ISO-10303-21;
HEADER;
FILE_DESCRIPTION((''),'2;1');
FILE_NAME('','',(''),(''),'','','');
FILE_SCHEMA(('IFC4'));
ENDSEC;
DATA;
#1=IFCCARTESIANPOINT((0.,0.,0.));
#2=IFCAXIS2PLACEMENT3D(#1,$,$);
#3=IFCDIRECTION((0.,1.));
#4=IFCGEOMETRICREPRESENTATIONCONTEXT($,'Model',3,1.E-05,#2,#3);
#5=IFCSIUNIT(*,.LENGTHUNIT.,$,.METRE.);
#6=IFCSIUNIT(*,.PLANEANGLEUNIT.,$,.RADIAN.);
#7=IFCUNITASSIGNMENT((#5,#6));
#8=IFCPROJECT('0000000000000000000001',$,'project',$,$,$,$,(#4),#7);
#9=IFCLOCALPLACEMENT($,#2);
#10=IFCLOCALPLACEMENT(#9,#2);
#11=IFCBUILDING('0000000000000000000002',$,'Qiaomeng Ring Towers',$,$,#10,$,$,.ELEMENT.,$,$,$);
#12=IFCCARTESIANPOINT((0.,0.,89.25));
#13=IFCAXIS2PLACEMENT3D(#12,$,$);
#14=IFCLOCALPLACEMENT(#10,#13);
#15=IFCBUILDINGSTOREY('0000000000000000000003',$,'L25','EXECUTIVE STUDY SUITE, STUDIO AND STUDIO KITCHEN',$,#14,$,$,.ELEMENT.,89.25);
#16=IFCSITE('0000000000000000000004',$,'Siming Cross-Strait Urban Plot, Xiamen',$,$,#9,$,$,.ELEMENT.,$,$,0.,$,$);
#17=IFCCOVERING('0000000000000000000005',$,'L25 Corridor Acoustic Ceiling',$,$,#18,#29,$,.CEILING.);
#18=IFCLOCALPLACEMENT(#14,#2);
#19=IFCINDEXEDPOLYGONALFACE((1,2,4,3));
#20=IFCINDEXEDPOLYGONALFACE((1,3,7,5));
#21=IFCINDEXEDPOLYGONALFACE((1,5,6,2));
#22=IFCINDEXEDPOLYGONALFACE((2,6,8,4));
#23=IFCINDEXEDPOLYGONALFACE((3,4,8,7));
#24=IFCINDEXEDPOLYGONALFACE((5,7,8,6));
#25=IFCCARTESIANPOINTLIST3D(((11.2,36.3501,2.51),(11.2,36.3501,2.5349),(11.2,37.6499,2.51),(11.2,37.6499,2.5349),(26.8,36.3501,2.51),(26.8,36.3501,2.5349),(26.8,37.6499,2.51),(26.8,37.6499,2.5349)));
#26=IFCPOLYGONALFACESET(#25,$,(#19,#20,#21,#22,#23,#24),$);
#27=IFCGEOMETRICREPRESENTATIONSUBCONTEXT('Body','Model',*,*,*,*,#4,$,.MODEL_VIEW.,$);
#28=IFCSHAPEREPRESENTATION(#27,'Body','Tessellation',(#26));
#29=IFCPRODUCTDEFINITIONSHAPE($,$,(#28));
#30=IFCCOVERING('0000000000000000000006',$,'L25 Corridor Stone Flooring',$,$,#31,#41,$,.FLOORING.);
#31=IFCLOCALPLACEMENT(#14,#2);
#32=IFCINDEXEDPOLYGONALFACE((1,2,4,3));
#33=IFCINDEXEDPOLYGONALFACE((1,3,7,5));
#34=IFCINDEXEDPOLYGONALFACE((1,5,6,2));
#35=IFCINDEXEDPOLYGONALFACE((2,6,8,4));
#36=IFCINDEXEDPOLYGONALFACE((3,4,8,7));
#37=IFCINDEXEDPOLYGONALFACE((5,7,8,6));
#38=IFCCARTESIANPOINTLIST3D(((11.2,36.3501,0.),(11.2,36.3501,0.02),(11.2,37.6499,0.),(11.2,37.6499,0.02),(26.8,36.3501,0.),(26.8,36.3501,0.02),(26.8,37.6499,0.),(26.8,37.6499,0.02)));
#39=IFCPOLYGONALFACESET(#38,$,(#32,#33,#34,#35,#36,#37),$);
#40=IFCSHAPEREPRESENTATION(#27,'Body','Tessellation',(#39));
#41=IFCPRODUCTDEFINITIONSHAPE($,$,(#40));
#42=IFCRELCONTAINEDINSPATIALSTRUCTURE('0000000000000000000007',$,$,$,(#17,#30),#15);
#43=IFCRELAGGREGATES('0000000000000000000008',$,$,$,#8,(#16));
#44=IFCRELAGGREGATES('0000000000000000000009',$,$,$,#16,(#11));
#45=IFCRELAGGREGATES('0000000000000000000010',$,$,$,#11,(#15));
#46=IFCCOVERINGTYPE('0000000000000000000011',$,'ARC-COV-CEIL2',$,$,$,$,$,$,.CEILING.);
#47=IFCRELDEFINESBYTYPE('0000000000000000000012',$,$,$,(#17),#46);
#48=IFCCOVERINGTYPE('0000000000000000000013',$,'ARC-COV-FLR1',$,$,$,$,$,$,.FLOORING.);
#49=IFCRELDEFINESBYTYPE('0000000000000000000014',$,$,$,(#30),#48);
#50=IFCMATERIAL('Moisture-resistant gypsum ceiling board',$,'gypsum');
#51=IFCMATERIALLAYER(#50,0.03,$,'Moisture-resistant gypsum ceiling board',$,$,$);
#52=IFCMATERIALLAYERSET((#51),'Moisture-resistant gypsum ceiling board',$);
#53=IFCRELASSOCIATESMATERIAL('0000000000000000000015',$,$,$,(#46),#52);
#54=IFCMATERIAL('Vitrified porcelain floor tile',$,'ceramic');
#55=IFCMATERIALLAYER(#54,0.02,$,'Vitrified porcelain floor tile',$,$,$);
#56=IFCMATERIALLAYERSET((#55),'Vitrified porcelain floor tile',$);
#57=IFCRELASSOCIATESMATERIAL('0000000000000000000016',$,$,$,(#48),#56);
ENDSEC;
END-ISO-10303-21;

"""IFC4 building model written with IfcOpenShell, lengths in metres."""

from ifc_helpers import new_model, si_unit, direction, frame, origin, place, context, subcontext, project, spatial, polyline, outline, extrude, material, layer, layer_set, type_object, element, save


model = new_model("IFC4")

# Units and contexts
model_context = context("Model", 3, precision=1e-05, world=origin(), true_north=direction((0.0, 1.0)))
body_context = subcontext(model_context, "Body", "Model", "MODEL_VIEW")
ifc_project = project(units=[si_unit("LENGTHUNIT", "METRE"), si_unit("PLANEANGLEUNIT", "RADIAN")], contexts=[model_context])

# Site, building, storey
site_placement = place(None, origin())
site = spatial("IfcSite", under=ifc_project, at=site_placement, Name="Siming Cross-Strait Urban Plot, Xiamen", CompositionType="ELEMENT", RefElevation=0.0)
building_placement = place(site_placement, origin())
building = spatial("IfcBuilding", under=site, at=building_placement, Name="Qiaomeng Ring Towers", CompositionType="ELEMENT")
storey_placement = place(building_placement, frame((0.0, 0.0, 89.25)))
storey = spatial("IfcBuildingStorey", under=building, at=storey_placement, Name="L25", Description="EXECUTIVE STUDY SUITE, STUDIO AND STUDIO KITCHEN", CompositionType="ELEMENT", Elevation=89.25)

# Coverings
ifc_material_1 = material(Name="Moisture-resistant gypsum ceiling board", Category="gypsum")
ifc_layer_1 = layer(ifc_material_1, 0.03, Name="Moisture-resistant gypsum ceiling board")
ifc_layer_set_1 = layer_set([ifc_layer_1], Name="Moisture-resistant gypsum ceiling board")
covering_type_1 = type_object("IfcCoveringType", Name="ARC-COV-CEIL2", PredefinedType="CEILING", material=ifc_layer_set_1)
covering_1_placement = place(storey_placement, frame((0.0, 0.0, 2.51)))
element("IfcCovering", 1, at=covering_1_placement, inside=storey, type_object=covering_type_1, Name="L25 Corridor Acoustic Ceiling", PredefinedType="CEILING", context=body_context, shape_type="SweptSolid", body=[
    extrude(outline(polyline([(11.2, 36.3501), (11.2, 37.6499), (26.8, 37.6499), (26.8, 36.3501), (11.2, 36.3501)])), origin(), (0.0, 0.0, 1.0), 0.0249),
])
ifc_material_2 = material(Name="Vitrified porcelain floor tile", Category="ceramic")
ifc_layer_2 = layer(ifc_material_2, 0.02, Name="Vitrified porcelain floor tile")
ifc_layer_set_2 = layer_set([ifc_layer_2], Name="Vitrified porcelain floor tile")
covering_type_2 = type_object("IfcCoveringType", Name="ARC-COV-FLR1", PredefinedType="FLOORING", material=ifc_layer_set_2)
covering_2_placement = place(storey_placement, origin())
element("IfcCovering", 2, at=covering_2_placement, inside=storey, type_object=covering_type_2, Name="L25 Corridor Stone Flooring", PredefinedType="FLOORING", context=body_context, shape_type="SweptSolid", body=[
    extrude(outline(polyline([(11.2, 36.3501), (11.2, 37.6499), (26.8, 37.6499), (26.8, 36.3501), (11.2, 36.3501)])), origin(), (0.0, 0.0, 1.0), 0.02),
])

save(model, "model.ifc")
